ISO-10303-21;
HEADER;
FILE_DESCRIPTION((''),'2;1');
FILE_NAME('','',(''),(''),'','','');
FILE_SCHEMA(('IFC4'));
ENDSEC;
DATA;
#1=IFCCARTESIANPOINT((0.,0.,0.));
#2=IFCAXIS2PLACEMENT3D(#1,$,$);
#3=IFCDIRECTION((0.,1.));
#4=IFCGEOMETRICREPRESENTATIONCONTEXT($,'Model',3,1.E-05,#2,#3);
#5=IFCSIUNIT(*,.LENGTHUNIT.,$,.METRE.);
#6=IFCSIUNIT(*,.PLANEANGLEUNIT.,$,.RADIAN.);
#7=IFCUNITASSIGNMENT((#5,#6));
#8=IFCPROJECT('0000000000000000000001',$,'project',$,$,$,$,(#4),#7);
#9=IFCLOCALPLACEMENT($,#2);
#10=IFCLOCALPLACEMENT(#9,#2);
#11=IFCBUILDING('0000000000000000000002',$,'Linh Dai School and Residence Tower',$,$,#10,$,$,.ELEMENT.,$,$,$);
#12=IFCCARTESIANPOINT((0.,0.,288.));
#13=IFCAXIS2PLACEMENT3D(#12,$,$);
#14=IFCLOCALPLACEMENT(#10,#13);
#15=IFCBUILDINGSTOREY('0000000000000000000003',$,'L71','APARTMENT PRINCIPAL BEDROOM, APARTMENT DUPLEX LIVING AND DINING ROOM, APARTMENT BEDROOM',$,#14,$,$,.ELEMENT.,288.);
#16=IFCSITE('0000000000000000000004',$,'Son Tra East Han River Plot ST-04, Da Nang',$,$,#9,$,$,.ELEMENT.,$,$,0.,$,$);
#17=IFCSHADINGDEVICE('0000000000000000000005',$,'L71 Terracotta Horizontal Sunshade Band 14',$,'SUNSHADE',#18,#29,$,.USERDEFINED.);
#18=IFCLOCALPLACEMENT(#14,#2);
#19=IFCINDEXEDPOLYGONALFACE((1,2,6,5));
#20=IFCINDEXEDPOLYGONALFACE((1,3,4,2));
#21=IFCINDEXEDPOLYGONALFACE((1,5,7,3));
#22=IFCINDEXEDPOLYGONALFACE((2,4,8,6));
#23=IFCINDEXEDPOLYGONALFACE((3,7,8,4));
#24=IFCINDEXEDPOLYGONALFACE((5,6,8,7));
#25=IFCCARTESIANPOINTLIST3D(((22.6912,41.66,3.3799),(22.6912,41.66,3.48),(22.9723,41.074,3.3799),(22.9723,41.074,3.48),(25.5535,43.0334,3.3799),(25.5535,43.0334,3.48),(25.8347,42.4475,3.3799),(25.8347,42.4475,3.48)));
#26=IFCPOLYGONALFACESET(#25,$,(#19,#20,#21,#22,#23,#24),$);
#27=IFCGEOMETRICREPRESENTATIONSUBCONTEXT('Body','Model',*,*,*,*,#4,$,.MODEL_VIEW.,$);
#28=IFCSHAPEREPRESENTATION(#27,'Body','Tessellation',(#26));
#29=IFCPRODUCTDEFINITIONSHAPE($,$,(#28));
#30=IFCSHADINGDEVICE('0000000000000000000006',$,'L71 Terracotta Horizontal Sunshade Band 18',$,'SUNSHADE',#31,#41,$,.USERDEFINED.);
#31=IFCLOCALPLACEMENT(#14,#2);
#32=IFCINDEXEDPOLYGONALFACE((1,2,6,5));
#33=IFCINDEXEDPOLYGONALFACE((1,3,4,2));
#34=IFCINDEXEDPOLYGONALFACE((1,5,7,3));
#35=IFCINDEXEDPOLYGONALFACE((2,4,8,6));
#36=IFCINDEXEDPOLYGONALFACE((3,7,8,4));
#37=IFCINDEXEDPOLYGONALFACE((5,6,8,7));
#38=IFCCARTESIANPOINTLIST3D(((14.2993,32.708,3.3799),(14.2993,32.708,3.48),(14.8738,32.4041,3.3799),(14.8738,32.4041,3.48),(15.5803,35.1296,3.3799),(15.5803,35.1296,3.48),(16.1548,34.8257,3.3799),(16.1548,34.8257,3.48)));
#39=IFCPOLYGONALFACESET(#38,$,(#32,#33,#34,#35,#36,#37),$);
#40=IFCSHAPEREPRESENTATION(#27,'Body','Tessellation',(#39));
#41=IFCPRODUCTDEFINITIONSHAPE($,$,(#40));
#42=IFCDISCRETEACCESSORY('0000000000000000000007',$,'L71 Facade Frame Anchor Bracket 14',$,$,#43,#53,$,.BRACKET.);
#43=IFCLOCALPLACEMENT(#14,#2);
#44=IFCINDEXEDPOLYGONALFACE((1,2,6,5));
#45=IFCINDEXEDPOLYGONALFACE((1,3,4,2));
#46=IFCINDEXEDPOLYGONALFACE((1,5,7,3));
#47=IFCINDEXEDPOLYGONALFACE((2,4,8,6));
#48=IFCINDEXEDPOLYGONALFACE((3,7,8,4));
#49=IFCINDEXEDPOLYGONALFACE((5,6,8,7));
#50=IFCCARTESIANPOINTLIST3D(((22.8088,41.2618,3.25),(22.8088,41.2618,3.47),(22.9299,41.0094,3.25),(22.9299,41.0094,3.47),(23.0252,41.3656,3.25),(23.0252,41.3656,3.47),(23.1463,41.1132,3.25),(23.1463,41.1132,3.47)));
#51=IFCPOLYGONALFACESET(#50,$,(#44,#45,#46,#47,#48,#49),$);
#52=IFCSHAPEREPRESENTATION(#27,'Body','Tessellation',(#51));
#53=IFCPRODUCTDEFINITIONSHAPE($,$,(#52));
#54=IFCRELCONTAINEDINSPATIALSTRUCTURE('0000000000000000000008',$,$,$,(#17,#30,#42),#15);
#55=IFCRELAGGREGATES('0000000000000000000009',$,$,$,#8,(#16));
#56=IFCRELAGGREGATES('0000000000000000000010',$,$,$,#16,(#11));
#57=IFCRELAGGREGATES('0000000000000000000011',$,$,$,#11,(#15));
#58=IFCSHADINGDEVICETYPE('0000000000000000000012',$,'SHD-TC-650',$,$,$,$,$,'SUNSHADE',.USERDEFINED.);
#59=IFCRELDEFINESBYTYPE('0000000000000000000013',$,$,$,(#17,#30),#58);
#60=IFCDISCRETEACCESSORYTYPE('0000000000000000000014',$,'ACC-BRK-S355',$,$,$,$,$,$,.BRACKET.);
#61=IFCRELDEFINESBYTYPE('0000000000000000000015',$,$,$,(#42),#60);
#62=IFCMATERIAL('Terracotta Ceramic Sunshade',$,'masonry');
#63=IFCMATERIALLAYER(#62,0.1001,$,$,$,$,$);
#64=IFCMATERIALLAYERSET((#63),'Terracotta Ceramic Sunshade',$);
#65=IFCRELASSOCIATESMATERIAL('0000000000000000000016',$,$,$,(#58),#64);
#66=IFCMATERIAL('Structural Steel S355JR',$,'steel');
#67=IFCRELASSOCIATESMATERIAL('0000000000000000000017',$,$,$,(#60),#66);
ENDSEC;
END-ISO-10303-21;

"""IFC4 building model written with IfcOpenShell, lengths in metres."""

from ifc_helpers import new_model, si_unit, direction, frame, origin, origin_2d, place, context, subcontext, project, spatial, rectangle, extrude, source, transform, mapped, material, layer, layer_set, type_object, element, save


model = new_model("IFC4")

# Units and contexts
model_context = context("Model", 3, precision=1e-05, world=origin(), true_north=direction((0.0, 1.0)))
body_context = subcontext(model_context, "Body", "Model", "MODEL_VIEW")
ifc_project = project(units=[si_unit("LENGTHUNIT", "METRE"), si_unit("PLANEANGLEUNIT", "RADIAN")], contexts=[model_context])

# Site, building, storey
site_placement = place(None, origin())
site = spatial("IfcSite", under=ifc_project, at=site_placement, Name="Son Tra East Han River Plot ST-04, Da Nang", CompositionType="ELEMENT", RefElevation=0.0)
building_placement = place(site_placement, origin())
building = spatial("IfcBuilding", under=site, at=building_placement, Name="Linh Dai School and Residence Tower", CompositionType="ELEMENT")
storey_placement = place(building_placement, frame((0.0, 0.0, 288.0)))
storey = spatial("IfcBuildingStorey", under=building, at=storey_placement, Name="L71", Description="APARTMENT PRINCIPAL BEDROOM, APARTMENT DUPLEX LIVING AND DINING ROOM, APARTMENT BEDROOM", CompositionType="ELEMENT", Elevation=288.0)

# Shared definitions
ifc_material_1 = material(Name="Structural Steel S355JR", Category="steel")

# Shading devices
ifc_material_2 = material(Name="Terracotta Ceramic Sunshade", Category="masonry")
ifc_layer_1 = layer(ifc_material_2, 0.1001)
ifc_layer_set_1 = layer_set([ifc_layer_1], Name="Terracotta Ceramic Sunshade")
shading_device_type = type_object("IfcShadingDeviceType", Name="SHD-TC-650", ElementType="SUNSHADE", PredefinedType="USERDEFINED", material=ifc_layer_set_1)
shared_shape_1 = source(origin(), body_context, "Body", "SweptSolid", [
    extrude(rectangle(XDim=3.1748, YDim=0.6499, at=origin_2d()), origin(), (0.0, 0.0, 1.0), 0.1001),
])
shading_device_1_placement = place(storey_placement, frame((24.2629, 42.0537, 3.3799), z_axis=(0.0, 0.0, 1.0), x_axis=(0.90158, 0.432612, 0.0)))
element("IfcShadingDevice", 1, at=shading_device_1_placement, inside=storey, type_object=shading_device_type, Name="L71 Terracotta Horizontal Sunshade Band 14", ObjectType="SUNSHADE", PredefinedType="USERDEFINED", context=body_context, shape_type="MappedRepresentation", body=[
    mapped(shared_shape_1, transform((0.0, 0.0, 0.0), x_axis=(1.0, 0.0, 0.0), y_axis=(0.0, 1.0, 0.0), z_axis=(0.0, 0.0, 1.0), scale=1.0)),
])
shared_shape_2 = source(origin(), body_context, "Body", "SweptSolid", [
    extrude(rectangle(XDim=2.7395, YDim=0.6499, at=origin_2d()), origin(), (0.0, 0.0, 1.0), 0.1001),
])
shading_device_2_placement = place(storey_placement, frame((15.2271, 33.7668, 3.3799), z_axis=(0.0, 0.0, 1.0), x_axis=(0.467604, 0.883938, 0.0)))
element("IfcShadingDevice", 2, at=shading_device_2_placement, inside=storey, type_object=shading_device_type, Name="L71 Terracotta Horizontal Sunshade Band 18", ObjectType="SUNSHADE", PredefinedType="USERDEFINED", context=body_context, shape_type="MappedRepresentation", body=[
    mapped(shared_shape_2, transform((0.0, 0.0, 0.0), x_axis=(1.0, 0.0, 0.0), y_axis=(0.0, 1.0, 0.0), z_axis=(0.0, 0.0, 1.0), scale=1.0)),
])

# Discrete accessory
discrete_accessory_type = type_object("IfcDiscreteAccessoryType", Name="ACC-BRK-S355", PredefinedType="BRACKET", material=ifc_material_1)
shared_shape_3 = source(origin(), body_context, "Body", "SweptSolid", [
    extrude(rectangle(XDim=0.28, YDim=0.24, at=origin_2d()), origin(), (0.0, 0.0, 1.0), 0.22),
])
discrete_accessory_placement = place(storey_placement, frame((22.9775, 41.1875, 3.25), z_axis=(0.0, 0.0, 1.0), x_axis=(-0.432612, 0.90158, 0.0)))
element("IfcDiscreteAccessory", 3, at=discrete_accessory_placement, inside=storey, type_object=discrete_accessory_type, Name="L71 Facade Frame Anchor Bracket 14", PredefinedType="BRACKET", context=body_context, shape_type="MappedRepresentation", body=[
    mapped(shared_shape_3, transform((0.0, 0.0, 0.0), x_axis=(1.0, 0.0, 0.0), y_axis=(0.0, 1.0, 0.0), z_axis=(0.0, 0.0, 1.0), scale=1.0)),
])

save(model, "model.ifc")
